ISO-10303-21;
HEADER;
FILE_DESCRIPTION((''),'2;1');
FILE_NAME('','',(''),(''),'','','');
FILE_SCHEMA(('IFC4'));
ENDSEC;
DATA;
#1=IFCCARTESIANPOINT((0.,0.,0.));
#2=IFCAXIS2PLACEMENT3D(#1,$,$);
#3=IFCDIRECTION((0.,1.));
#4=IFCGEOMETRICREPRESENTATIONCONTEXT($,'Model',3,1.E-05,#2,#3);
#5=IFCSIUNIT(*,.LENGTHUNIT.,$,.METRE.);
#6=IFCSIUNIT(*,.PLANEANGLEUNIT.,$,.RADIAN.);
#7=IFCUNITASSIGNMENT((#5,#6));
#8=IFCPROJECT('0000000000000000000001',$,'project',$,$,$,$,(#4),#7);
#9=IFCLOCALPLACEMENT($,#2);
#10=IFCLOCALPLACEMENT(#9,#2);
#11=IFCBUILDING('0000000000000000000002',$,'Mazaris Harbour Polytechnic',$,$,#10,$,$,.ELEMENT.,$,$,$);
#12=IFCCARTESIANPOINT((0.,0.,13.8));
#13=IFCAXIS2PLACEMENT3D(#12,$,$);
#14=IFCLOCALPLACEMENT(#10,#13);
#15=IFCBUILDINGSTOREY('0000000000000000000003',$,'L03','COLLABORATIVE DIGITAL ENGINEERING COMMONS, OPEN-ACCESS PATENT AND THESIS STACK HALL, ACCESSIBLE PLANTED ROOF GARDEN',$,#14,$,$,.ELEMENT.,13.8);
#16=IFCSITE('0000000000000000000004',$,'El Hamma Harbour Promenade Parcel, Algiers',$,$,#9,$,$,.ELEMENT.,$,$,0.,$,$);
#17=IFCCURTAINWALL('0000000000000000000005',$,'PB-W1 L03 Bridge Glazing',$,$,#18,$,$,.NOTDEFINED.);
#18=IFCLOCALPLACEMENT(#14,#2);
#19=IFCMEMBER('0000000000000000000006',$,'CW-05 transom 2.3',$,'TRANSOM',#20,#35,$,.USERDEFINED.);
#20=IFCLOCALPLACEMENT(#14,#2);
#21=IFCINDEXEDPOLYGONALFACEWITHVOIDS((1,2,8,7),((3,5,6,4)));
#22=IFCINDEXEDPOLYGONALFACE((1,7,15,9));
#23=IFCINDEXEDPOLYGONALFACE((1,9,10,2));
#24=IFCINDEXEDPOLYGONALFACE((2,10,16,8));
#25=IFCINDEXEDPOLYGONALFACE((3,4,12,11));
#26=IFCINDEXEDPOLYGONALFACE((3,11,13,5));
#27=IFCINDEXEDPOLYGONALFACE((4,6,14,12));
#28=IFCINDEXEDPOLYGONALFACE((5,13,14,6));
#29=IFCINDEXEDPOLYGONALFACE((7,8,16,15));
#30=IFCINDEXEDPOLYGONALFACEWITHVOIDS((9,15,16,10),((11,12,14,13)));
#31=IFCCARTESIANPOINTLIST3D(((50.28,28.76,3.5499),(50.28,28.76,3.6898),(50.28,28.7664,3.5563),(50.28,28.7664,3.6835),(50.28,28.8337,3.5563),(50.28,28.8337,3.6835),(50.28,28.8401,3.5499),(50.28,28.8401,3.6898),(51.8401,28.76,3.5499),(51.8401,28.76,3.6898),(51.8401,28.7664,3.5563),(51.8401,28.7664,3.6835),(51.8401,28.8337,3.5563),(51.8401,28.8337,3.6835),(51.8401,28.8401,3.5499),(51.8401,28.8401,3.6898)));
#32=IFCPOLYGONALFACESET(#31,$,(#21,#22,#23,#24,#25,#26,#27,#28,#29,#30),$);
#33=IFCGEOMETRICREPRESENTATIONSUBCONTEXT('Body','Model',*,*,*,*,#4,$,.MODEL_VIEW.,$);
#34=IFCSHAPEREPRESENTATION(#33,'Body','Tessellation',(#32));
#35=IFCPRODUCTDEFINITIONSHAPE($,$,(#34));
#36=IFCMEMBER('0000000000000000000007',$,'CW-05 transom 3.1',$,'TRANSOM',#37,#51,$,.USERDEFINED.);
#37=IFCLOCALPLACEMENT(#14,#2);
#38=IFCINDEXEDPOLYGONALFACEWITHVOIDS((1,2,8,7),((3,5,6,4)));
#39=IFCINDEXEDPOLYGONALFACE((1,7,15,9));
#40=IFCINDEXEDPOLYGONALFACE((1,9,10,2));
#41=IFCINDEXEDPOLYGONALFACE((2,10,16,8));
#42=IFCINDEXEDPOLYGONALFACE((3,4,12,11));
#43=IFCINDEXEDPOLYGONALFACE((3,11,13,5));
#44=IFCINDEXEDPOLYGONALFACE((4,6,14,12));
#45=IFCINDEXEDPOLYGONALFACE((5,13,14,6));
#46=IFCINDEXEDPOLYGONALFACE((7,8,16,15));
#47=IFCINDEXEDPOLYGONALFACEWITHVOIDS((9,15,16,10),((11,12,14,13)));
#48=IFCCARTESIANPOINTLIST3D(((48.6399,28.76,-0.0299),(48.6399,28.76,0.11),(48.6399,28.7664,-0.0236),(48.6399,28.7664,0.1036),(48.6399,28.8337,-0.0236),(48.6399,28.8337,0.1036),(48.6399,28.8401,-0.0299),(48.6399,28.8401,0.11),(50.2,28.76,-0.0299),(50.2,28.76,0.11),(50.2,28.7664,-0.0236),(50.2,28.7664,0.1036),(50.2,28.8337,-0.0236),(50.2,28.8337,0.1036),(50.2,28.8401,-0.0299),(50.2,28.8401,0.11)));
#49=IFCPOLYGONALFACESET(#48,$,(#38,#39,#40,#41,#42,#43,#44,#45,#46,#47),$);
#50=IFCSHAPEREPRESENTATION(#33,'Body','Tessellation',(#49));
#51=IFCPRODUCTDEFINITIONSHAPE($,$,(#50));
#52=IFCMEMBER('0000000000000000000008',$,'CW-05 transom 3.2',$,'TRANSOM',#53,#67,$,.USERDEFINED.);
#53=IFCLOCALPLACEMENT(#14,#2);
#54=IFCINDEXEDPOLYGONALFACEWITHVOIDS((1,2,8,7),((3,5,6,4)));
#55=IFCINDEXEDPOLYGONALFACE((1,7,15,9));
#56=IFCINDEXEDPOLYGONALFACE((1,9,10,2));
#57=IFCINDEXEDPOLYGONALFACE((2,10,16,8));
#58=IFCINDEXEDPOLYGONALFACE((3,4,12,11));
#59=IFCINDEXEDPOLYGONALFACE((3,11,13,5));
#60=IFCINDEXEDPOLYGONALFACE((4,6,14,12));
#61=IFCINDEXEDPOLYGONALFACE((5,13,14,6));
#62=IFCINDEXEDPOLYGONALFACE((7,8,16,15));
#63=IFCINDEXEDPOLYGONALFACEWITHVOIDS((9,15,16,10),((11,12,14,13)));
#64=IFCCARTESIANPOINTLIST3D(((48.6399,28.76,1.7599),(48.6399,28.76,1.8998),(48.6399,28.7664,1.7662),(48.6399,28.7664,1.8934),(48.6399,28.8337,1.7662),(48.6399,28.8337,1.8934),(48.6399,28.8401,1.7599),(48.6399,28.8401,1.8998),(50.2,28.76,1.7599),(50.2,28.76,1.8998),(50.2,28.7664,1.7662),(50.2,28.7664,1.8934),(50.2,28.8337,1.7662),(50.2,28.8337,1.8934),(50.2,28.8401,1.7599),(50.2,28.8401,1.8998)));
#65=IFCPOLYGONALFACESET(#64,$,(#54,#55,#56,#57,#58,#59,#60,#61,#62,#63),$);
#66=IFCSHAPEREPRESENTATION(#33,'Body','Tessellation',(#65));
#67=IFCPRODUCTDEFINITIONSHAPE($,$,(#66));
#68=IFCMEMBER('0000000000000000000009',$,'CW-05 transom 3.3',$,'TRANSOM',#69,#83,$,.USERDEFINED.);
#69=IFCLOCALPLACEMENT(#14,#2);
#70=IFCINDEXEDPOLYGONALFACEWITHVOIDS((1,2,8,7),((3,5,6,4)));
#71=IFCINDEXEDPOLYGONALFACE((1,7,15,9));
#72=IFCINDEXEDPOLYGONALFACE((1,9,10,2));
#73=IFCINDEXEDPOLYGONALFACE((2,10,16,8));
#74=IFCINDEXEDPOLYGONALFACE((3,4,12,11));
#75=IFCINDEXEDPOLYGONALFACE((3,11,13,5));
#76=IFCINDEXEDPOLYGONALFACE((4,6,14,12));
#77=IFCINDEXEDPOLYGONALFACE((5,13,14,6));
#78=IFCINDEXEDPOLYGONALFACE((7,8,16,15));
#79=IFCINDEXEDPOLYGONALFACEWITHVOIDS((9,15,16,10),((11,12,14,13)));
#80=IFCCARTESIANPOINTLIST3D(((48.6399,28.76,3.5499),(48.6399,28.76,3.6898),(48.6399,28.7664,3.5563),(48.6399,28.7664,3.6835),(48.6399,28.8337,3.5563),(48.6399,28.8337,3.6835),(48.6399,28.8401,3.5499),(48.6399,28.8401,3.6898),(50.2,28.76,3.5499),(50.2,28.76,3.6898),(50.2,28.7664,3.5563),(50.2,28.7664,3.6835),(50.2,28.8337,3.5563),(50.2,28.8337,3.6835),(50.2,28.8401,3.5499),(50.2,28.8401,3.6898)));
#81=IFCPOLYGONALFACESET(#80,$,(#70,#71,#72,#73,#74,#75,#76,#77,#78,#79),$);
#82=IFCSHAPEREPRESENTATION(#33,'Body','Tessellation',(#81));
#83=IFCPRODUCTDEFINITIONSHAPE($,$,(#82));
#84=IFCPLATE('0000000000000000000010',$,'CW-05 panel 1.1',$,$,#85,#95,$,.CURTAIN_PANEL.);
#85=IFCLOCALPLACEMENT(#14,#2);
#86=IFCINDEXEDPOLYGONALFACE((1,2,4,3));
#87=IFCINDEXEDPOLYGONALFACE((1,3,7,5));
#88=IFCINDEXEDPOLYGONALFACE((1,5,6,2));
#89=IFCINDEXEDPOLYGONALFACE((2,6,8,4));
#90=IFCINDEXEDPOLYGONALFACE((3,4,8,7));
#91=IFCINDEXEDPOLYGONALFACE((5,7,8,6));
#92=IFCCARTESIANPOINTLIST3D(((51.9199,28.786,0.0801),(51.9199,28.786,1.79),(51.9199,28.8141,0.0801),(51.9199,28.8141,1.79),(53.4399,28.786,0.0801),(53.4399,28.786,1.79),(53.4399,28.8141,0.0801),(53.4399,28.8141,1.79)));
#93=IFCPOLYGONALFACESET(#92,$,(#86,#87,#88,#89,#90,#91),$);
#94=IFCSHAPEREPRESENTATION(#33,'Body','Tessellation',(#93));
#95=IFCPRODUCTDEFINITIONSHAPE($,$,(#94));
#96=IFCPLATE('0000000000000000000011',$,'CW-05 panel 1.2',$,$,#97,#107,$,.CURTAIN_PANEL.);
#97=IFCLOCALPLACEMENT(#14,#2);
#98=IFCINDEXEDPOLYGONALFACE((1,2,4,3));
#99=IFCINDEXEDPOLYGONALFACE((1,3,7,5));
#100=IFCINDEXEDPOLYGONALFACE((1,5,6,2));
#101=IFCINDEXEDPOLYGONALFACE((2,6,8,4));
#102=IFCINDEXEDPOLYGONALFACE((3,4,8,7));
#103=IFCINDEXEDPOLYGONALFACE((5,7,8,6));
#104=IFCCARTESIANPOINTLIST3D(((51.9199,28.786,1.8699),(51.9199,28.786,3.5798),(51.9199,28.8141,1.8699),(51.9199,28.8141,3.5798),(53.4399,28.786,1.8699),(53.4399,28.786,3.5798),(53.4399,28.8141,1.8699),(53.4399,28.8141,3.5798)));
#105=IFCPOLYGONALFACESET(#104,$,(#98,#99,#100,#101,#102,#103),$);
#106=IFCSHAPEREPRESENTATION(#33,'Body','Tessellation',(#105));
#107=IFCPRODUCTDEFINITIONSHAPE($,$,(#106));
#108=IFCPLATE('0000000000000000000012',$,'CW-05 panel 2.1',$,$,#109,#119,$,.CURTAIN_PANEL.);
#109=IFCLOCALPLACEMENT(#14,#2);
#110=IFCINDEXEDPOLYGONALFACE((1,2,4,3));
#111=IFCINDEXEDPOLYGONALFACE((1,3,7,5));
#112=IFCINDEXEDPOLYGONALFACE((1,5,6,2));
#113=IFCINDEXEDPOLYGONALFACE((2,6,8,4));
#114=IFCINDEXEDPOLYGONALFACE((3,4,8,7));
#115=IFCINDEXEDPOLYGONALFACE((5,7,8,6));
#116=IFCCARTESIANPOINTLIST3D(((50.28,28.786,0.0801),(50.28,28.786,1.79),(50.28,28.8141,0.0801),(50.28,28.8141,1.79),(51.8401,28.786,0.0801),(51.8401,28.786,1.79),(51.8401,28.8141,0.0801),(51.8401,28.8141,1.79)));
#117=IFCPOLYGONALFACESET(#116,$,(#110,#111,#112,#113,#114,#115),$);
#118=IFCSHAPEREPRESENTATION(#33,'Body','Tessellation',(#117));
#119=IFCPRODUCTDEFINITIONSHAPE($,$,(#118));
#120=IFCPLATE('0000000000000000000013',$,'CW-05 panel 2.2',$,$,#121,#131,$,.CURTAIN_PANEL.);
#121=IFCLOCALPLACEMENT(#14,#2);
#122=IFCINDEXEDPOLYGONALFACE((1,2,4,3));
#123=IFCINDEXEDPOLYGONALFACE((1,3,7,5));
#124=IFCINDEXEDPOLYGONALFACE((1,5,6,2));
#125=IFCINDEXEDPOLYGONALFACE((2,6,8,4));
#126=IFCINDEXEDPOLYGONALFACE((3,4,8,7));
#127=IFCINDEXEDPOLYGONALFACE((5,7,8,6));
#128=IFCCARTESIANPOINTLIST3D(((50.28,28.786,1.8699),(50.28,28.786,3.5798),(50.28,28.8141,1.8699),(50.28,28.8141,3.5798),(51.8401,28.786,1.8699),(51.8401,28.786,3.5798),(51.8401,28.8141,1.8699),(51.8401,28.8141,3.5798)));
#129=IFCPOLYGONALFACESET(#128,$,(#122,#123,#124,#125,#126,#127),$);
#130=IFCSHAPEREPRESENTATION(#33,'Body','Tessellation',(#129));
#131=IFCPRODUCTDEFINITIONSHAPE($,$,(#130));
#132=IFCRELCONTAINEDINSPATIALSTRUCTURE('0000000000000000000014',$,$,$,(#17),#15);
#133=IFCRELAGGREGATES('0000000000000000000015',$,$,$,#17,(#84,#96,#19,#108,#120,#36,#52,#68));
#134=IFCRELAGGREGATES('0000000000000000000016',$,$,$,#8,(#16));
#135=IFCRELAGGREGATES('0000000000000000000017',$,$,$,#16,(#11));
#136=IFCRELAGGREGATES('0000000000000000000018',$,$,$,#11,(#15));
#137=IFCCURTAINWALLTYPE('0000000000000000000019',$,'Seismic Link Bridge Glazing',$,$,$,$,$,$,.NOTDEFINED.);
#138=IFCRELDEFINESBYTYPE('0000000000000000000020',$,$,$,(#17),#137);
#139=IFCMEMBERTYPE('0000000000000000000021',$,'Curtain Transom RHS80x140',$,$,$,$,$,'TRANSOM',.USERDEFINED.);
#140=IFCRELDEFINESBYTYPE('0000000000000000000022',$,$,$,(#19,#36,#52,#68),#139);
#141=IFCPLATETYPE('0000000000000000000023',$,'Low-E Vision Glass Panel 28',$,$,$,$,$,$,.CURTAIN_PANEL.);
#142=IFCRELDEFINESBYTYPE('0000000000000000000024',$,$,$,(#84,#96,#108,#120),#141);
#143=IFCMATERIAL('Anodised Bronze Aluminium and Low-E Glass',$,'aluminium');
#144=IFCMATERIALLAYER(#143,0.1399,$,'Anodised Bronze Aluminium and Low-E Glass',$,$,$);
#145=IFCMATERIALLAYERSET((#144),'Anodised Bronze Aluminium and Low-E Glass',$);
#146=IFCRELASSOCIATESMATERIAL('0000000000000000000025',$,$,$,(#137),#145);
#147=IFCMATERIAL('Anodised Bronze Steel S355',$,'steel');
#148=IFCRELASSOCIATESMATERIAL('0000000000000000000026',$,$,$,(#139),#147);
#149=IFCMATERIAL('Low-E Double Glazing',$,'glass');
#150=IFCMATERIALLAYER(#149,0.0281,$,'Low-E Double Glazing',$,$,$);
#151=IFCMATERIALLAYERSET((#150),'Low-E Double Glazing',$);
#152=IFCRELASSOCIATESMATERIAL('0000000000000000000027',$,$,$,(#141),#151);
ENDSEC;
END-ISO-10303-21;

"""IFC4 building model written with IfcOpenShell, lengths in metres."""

from ifc_helpers import new_model, si_unit, direction, frame, origin, origin_2d, place, context, subcontext, project, spatial, rectangle, hollow_rectangle, extrude, material, layer, layer_set, material_profile, profile_set, type_object, element, aggregate, save


model = new_model("IFC4")

# Units and contexts
model_context = context("Model", 3, precision=1e-05, world=origin(), true_north=direction((0.0, 1.0)))
body_context = subcontext(model_context, "Body", "Model", "MODEL_VIEW")
ifc_project = project(units=[si_unit("LENGTHUNIT", "METRE"), si_unit("PLANEANGLEUNIT", "RADIAN")], contexts=[model_context])

# Site, building, storey
site_placement = place(None, origin())
site = spatial("IfcSite", under=ifc_project, at=site_placement, Name="El Hamma Harbour Promenade Parcel, Algiers", CompositionType="ELEMENT", RefElevation=0.0)
building_placement = place(site_placement, origin())
building = spatial("IfcBuilding", under=site, at=building_placement, Name="Mazaris Harbour Polytechnic", CompositionType="ELEMENT")
storey_placement = place(building_placement, frame((0.0, 0.0, 13.8)))
storey = spatial("IfcBuildingStorey", under=building, at=storey_placement, Name="L03", Description="COLLABORATIVE DIGITAL ENGINEERING COMMONS, OPEN-ACCESS PATENT AND THESIS STACK HALL, ACCESSIBLE PLANTED ROOF GARDEN", CompositionType="ELEMENT", Elevation=13.8)

# Curtain wall, members, plates
ifc_material_1 = material(Name="Anodised Bronze Aluminium and Low-E Glass", Category="aluminium")
ifc_layer_1 = layer(ifc_material_1, 0.1399, Name="Anodised Bronze Aluminium and Low-E Glass")
ifc_layer_set_1 = layer_set([ifc_layer_1], Name="Anodised Bronze Aluminium and Low-E Glass")
curtain_wall_type = type_object("IfcCurtainWallType", Name="Seismic Link Bridge Glazing", PredefinedType="NOTDEFINED", material=ifc_layer_set_1)
curtain_wall_placement = place(storey_placement, origin())
curtain_wall = element("IfcCurtainWall", 1, at=curtain_wall_placement, inside=storey, type_object=curtain_wall_type, Name="PB-W1 L03 Bridge Glazing", PredefinedType="NOTDEFINED")
ifc_material_2 = material(Name="Anodised Bronze Steel S355", Category="steel")
ifc_material_profile_1 = material_profile(ifc_material_2, hollow_rectangle(XDim=0.0801, YDim=0.1399, WallThickness=0.0063, at=origin_2d()), Name="RHS 80x140x6.3")
ifc_profile_set_1 = profile_set([ifc_material_profile_1], Name="Anodised Bronze Steel S355")
member_type_1 = type_object("IfcMemberType", Name="Curtain Transom RHS80x140", ElementType="TRANSOM", PredefinedType="USERDEFINED", material=ifc_profile_set_1)
member_1_placement = place(storey_placement, frame((51.8401, 28.8, 3.6199), z_axis=(-1.0, 0.0, 0.0), x_axis=(0.0, -1.0, 0.0)))
member_1 = element("IfcMember", 2, at=member_1_placement, type_object=member_type_1, Name="CW-05 transom 2.3", ObjectType="TRANSOM", PredefinedType="USERDEFINED", context=body_context, shape_type="SweptSolid", body=[
    extrude(hollow_rectangle(XDim=0.0801, YDim=0.1399, WallThickness=0.0063, at=origin_2d()), origin(), (0.0, 0.0, 1.0), 1.5601),
])
member_2_placement = place(storey_placement, frame((50.2, 28.8, 0.04), z_axis=(-1.0, 0.0, 0.0), x_axis=(0.0, -1.0, 0.0)))
member_2 = element("IfcMember", 3, at=member_2_placement, type_object=member_type_1, Name="CW-05 transom 3.1", ObjectType="TRANSOM", PredefinedType="USERDEFINED", context=body_context, shape_type="SweptSolid", body=[
    extrude(hollow_rectangle(XDim=0.0801, YDim=0.1399, WallThickness=0.0063, at=origin_2d()), origin(), (0.0, 0.0, 1.0), 1.5601),
])
member_3_placement = place(storey_placement, frame((50.2, 28.8, 1.8298), z_axis=(-1.0, 0.0, 0.0), x_axis=(0.0, -1.0, 0.0)))
member_3 = element("IfcMember", 4, at=member_3_placement, type_object=member_type_1, Name="CW-05 transom 3.2", ObjectType="TRANSOM", PredefinedType="USERDEFINED", context=body_context, shape_type="SweptSolid", body=[
    extrude(hollow_rectangle(XDim=0.0801, YDim=0.1399, WallThickness=0.0063, at=origin_2d()), origin(), (0.0, 0.0, 1.0), 1.5601),
])
member_4_placement = place(storey_placement, frame((50.2, 28.8, 3.6199), z_axis=(-1.0, 0.0, 0.0), x_axis=(0.0, -1.0, 0.0)))
member_4 = element("IfcMember", 5, at=member_4_placement, type_object=member_type_1, Name="CW-05 transom 3.3", ObjectType="TRANSOM", PredefinedType="USERDEFINED", context=body_context, shape_type="SweptSolid", body=[
    extrude(hollow_rectangle(XDim=0.0801, YDim=0.1399, WallThickness=0.0063, at=origin_2d()), origin(), (0.0, 0.0, 1.0), 1.5601),
])
ifc_material_3 = material(Name="Low-E Double Glazing", Category="glass")
ifc_layer_2 = layer(ifc_material_3, 0.0281, Name="Low-E Double Glazing")
ifc_layer_set_2 = layer_set([ifc_layer_2], Name="Low-E Double Glazing")
plate_type = type_object("IfcPlateType", Name="Low-E Vision Glass Panel 28", PredefinedType="CURTAIN_PANEL", material=ifc_layer_set_2)
plate_1_placement = place(storey_placement, frame((52.6799, 28.8, 0.0801), z_axis=(0.0, 0.0, 1.0), x_axis=(-1.0, 0.0, 0.0)))
plate_1 = element("IfcPlate", 6, at=plate_1_placement, type_object=plate_type, Name="CW-05 panel 1.1", PredefinedType="CURTAIN_PANEL", context=body_context, shape_type="SweptSolid", body=[
    extrude(rectangle(XDim=1.52, YDim=0.0281, at=origin_2d()), origin(), (0.0, 0.0, 1.0), 1.71),
])
plate_2_placement = place(storey_placement, frame((52.6799, 28.8, 1.8699), z_axis=(0.0, 0.0, 1.0), x_axis=(-1.0, 0.0, 0.0)))
plate_2 = element("IfcPlate", 7, at=plate_2_placement, type_object=plate_type, Name="CW-05 panel 1.2", PredefinedType="CURTAIN_PANEL", context=body_context, shape_type="SweptSolid", body=[
    extrude(rectangle(XDim=1.52, YDim=0.0281, at=origin_2d()), origin(), (0.0, 0.0, 1.0), 1.71),
])
plate_3_placement = place(storey_placement, frame((51.0601, 28.8, 0.0801), z_axis=(0.0, 0.0, 1.0), x_axis=(-1.0, 0.0, 0.0)))
plate_3 = element("IfcPlate", 8, at=plate_3_placement, type_object=plate_type, Name="CW-05 panel 2.1", PredefinedType="CURTAIN_PANEL", context=body_context, shape_type="SweptSolid", body=[
    extrude(rectangle(XDim=1.5601, YDim=0.0281, at=origin_2d()), origin(), (0.0, 0.0, 1.0), 1.71),
])
plate_4_placement = place(storey_placement, frame((51.0601, 28.8, 1.8699), z_axis=(0.0, 0.0, 1.0), x_axis=(-1.0, 0.0, 0.0)))
plate_4 = element("IfcPlate", 9, at=plate_4_placement, type_object=plate_type, Name="CW-05 panel 2.2", PredefinedType="CURTAIN_PANEL", context=body_context, shape_type="SweptSolid", body=[
    extrude(rectangle(XDim=1.5601, YDim=0.0281, at=origin_2d()), origin(), (0.0, 0.0, 1.0), 1.71),
])
aggregate(curtain_wall, [plate_1, plate_2, member_1, plate_3, plate_4, member_2, member_3, member_4])

save(model, "model.ifc")
